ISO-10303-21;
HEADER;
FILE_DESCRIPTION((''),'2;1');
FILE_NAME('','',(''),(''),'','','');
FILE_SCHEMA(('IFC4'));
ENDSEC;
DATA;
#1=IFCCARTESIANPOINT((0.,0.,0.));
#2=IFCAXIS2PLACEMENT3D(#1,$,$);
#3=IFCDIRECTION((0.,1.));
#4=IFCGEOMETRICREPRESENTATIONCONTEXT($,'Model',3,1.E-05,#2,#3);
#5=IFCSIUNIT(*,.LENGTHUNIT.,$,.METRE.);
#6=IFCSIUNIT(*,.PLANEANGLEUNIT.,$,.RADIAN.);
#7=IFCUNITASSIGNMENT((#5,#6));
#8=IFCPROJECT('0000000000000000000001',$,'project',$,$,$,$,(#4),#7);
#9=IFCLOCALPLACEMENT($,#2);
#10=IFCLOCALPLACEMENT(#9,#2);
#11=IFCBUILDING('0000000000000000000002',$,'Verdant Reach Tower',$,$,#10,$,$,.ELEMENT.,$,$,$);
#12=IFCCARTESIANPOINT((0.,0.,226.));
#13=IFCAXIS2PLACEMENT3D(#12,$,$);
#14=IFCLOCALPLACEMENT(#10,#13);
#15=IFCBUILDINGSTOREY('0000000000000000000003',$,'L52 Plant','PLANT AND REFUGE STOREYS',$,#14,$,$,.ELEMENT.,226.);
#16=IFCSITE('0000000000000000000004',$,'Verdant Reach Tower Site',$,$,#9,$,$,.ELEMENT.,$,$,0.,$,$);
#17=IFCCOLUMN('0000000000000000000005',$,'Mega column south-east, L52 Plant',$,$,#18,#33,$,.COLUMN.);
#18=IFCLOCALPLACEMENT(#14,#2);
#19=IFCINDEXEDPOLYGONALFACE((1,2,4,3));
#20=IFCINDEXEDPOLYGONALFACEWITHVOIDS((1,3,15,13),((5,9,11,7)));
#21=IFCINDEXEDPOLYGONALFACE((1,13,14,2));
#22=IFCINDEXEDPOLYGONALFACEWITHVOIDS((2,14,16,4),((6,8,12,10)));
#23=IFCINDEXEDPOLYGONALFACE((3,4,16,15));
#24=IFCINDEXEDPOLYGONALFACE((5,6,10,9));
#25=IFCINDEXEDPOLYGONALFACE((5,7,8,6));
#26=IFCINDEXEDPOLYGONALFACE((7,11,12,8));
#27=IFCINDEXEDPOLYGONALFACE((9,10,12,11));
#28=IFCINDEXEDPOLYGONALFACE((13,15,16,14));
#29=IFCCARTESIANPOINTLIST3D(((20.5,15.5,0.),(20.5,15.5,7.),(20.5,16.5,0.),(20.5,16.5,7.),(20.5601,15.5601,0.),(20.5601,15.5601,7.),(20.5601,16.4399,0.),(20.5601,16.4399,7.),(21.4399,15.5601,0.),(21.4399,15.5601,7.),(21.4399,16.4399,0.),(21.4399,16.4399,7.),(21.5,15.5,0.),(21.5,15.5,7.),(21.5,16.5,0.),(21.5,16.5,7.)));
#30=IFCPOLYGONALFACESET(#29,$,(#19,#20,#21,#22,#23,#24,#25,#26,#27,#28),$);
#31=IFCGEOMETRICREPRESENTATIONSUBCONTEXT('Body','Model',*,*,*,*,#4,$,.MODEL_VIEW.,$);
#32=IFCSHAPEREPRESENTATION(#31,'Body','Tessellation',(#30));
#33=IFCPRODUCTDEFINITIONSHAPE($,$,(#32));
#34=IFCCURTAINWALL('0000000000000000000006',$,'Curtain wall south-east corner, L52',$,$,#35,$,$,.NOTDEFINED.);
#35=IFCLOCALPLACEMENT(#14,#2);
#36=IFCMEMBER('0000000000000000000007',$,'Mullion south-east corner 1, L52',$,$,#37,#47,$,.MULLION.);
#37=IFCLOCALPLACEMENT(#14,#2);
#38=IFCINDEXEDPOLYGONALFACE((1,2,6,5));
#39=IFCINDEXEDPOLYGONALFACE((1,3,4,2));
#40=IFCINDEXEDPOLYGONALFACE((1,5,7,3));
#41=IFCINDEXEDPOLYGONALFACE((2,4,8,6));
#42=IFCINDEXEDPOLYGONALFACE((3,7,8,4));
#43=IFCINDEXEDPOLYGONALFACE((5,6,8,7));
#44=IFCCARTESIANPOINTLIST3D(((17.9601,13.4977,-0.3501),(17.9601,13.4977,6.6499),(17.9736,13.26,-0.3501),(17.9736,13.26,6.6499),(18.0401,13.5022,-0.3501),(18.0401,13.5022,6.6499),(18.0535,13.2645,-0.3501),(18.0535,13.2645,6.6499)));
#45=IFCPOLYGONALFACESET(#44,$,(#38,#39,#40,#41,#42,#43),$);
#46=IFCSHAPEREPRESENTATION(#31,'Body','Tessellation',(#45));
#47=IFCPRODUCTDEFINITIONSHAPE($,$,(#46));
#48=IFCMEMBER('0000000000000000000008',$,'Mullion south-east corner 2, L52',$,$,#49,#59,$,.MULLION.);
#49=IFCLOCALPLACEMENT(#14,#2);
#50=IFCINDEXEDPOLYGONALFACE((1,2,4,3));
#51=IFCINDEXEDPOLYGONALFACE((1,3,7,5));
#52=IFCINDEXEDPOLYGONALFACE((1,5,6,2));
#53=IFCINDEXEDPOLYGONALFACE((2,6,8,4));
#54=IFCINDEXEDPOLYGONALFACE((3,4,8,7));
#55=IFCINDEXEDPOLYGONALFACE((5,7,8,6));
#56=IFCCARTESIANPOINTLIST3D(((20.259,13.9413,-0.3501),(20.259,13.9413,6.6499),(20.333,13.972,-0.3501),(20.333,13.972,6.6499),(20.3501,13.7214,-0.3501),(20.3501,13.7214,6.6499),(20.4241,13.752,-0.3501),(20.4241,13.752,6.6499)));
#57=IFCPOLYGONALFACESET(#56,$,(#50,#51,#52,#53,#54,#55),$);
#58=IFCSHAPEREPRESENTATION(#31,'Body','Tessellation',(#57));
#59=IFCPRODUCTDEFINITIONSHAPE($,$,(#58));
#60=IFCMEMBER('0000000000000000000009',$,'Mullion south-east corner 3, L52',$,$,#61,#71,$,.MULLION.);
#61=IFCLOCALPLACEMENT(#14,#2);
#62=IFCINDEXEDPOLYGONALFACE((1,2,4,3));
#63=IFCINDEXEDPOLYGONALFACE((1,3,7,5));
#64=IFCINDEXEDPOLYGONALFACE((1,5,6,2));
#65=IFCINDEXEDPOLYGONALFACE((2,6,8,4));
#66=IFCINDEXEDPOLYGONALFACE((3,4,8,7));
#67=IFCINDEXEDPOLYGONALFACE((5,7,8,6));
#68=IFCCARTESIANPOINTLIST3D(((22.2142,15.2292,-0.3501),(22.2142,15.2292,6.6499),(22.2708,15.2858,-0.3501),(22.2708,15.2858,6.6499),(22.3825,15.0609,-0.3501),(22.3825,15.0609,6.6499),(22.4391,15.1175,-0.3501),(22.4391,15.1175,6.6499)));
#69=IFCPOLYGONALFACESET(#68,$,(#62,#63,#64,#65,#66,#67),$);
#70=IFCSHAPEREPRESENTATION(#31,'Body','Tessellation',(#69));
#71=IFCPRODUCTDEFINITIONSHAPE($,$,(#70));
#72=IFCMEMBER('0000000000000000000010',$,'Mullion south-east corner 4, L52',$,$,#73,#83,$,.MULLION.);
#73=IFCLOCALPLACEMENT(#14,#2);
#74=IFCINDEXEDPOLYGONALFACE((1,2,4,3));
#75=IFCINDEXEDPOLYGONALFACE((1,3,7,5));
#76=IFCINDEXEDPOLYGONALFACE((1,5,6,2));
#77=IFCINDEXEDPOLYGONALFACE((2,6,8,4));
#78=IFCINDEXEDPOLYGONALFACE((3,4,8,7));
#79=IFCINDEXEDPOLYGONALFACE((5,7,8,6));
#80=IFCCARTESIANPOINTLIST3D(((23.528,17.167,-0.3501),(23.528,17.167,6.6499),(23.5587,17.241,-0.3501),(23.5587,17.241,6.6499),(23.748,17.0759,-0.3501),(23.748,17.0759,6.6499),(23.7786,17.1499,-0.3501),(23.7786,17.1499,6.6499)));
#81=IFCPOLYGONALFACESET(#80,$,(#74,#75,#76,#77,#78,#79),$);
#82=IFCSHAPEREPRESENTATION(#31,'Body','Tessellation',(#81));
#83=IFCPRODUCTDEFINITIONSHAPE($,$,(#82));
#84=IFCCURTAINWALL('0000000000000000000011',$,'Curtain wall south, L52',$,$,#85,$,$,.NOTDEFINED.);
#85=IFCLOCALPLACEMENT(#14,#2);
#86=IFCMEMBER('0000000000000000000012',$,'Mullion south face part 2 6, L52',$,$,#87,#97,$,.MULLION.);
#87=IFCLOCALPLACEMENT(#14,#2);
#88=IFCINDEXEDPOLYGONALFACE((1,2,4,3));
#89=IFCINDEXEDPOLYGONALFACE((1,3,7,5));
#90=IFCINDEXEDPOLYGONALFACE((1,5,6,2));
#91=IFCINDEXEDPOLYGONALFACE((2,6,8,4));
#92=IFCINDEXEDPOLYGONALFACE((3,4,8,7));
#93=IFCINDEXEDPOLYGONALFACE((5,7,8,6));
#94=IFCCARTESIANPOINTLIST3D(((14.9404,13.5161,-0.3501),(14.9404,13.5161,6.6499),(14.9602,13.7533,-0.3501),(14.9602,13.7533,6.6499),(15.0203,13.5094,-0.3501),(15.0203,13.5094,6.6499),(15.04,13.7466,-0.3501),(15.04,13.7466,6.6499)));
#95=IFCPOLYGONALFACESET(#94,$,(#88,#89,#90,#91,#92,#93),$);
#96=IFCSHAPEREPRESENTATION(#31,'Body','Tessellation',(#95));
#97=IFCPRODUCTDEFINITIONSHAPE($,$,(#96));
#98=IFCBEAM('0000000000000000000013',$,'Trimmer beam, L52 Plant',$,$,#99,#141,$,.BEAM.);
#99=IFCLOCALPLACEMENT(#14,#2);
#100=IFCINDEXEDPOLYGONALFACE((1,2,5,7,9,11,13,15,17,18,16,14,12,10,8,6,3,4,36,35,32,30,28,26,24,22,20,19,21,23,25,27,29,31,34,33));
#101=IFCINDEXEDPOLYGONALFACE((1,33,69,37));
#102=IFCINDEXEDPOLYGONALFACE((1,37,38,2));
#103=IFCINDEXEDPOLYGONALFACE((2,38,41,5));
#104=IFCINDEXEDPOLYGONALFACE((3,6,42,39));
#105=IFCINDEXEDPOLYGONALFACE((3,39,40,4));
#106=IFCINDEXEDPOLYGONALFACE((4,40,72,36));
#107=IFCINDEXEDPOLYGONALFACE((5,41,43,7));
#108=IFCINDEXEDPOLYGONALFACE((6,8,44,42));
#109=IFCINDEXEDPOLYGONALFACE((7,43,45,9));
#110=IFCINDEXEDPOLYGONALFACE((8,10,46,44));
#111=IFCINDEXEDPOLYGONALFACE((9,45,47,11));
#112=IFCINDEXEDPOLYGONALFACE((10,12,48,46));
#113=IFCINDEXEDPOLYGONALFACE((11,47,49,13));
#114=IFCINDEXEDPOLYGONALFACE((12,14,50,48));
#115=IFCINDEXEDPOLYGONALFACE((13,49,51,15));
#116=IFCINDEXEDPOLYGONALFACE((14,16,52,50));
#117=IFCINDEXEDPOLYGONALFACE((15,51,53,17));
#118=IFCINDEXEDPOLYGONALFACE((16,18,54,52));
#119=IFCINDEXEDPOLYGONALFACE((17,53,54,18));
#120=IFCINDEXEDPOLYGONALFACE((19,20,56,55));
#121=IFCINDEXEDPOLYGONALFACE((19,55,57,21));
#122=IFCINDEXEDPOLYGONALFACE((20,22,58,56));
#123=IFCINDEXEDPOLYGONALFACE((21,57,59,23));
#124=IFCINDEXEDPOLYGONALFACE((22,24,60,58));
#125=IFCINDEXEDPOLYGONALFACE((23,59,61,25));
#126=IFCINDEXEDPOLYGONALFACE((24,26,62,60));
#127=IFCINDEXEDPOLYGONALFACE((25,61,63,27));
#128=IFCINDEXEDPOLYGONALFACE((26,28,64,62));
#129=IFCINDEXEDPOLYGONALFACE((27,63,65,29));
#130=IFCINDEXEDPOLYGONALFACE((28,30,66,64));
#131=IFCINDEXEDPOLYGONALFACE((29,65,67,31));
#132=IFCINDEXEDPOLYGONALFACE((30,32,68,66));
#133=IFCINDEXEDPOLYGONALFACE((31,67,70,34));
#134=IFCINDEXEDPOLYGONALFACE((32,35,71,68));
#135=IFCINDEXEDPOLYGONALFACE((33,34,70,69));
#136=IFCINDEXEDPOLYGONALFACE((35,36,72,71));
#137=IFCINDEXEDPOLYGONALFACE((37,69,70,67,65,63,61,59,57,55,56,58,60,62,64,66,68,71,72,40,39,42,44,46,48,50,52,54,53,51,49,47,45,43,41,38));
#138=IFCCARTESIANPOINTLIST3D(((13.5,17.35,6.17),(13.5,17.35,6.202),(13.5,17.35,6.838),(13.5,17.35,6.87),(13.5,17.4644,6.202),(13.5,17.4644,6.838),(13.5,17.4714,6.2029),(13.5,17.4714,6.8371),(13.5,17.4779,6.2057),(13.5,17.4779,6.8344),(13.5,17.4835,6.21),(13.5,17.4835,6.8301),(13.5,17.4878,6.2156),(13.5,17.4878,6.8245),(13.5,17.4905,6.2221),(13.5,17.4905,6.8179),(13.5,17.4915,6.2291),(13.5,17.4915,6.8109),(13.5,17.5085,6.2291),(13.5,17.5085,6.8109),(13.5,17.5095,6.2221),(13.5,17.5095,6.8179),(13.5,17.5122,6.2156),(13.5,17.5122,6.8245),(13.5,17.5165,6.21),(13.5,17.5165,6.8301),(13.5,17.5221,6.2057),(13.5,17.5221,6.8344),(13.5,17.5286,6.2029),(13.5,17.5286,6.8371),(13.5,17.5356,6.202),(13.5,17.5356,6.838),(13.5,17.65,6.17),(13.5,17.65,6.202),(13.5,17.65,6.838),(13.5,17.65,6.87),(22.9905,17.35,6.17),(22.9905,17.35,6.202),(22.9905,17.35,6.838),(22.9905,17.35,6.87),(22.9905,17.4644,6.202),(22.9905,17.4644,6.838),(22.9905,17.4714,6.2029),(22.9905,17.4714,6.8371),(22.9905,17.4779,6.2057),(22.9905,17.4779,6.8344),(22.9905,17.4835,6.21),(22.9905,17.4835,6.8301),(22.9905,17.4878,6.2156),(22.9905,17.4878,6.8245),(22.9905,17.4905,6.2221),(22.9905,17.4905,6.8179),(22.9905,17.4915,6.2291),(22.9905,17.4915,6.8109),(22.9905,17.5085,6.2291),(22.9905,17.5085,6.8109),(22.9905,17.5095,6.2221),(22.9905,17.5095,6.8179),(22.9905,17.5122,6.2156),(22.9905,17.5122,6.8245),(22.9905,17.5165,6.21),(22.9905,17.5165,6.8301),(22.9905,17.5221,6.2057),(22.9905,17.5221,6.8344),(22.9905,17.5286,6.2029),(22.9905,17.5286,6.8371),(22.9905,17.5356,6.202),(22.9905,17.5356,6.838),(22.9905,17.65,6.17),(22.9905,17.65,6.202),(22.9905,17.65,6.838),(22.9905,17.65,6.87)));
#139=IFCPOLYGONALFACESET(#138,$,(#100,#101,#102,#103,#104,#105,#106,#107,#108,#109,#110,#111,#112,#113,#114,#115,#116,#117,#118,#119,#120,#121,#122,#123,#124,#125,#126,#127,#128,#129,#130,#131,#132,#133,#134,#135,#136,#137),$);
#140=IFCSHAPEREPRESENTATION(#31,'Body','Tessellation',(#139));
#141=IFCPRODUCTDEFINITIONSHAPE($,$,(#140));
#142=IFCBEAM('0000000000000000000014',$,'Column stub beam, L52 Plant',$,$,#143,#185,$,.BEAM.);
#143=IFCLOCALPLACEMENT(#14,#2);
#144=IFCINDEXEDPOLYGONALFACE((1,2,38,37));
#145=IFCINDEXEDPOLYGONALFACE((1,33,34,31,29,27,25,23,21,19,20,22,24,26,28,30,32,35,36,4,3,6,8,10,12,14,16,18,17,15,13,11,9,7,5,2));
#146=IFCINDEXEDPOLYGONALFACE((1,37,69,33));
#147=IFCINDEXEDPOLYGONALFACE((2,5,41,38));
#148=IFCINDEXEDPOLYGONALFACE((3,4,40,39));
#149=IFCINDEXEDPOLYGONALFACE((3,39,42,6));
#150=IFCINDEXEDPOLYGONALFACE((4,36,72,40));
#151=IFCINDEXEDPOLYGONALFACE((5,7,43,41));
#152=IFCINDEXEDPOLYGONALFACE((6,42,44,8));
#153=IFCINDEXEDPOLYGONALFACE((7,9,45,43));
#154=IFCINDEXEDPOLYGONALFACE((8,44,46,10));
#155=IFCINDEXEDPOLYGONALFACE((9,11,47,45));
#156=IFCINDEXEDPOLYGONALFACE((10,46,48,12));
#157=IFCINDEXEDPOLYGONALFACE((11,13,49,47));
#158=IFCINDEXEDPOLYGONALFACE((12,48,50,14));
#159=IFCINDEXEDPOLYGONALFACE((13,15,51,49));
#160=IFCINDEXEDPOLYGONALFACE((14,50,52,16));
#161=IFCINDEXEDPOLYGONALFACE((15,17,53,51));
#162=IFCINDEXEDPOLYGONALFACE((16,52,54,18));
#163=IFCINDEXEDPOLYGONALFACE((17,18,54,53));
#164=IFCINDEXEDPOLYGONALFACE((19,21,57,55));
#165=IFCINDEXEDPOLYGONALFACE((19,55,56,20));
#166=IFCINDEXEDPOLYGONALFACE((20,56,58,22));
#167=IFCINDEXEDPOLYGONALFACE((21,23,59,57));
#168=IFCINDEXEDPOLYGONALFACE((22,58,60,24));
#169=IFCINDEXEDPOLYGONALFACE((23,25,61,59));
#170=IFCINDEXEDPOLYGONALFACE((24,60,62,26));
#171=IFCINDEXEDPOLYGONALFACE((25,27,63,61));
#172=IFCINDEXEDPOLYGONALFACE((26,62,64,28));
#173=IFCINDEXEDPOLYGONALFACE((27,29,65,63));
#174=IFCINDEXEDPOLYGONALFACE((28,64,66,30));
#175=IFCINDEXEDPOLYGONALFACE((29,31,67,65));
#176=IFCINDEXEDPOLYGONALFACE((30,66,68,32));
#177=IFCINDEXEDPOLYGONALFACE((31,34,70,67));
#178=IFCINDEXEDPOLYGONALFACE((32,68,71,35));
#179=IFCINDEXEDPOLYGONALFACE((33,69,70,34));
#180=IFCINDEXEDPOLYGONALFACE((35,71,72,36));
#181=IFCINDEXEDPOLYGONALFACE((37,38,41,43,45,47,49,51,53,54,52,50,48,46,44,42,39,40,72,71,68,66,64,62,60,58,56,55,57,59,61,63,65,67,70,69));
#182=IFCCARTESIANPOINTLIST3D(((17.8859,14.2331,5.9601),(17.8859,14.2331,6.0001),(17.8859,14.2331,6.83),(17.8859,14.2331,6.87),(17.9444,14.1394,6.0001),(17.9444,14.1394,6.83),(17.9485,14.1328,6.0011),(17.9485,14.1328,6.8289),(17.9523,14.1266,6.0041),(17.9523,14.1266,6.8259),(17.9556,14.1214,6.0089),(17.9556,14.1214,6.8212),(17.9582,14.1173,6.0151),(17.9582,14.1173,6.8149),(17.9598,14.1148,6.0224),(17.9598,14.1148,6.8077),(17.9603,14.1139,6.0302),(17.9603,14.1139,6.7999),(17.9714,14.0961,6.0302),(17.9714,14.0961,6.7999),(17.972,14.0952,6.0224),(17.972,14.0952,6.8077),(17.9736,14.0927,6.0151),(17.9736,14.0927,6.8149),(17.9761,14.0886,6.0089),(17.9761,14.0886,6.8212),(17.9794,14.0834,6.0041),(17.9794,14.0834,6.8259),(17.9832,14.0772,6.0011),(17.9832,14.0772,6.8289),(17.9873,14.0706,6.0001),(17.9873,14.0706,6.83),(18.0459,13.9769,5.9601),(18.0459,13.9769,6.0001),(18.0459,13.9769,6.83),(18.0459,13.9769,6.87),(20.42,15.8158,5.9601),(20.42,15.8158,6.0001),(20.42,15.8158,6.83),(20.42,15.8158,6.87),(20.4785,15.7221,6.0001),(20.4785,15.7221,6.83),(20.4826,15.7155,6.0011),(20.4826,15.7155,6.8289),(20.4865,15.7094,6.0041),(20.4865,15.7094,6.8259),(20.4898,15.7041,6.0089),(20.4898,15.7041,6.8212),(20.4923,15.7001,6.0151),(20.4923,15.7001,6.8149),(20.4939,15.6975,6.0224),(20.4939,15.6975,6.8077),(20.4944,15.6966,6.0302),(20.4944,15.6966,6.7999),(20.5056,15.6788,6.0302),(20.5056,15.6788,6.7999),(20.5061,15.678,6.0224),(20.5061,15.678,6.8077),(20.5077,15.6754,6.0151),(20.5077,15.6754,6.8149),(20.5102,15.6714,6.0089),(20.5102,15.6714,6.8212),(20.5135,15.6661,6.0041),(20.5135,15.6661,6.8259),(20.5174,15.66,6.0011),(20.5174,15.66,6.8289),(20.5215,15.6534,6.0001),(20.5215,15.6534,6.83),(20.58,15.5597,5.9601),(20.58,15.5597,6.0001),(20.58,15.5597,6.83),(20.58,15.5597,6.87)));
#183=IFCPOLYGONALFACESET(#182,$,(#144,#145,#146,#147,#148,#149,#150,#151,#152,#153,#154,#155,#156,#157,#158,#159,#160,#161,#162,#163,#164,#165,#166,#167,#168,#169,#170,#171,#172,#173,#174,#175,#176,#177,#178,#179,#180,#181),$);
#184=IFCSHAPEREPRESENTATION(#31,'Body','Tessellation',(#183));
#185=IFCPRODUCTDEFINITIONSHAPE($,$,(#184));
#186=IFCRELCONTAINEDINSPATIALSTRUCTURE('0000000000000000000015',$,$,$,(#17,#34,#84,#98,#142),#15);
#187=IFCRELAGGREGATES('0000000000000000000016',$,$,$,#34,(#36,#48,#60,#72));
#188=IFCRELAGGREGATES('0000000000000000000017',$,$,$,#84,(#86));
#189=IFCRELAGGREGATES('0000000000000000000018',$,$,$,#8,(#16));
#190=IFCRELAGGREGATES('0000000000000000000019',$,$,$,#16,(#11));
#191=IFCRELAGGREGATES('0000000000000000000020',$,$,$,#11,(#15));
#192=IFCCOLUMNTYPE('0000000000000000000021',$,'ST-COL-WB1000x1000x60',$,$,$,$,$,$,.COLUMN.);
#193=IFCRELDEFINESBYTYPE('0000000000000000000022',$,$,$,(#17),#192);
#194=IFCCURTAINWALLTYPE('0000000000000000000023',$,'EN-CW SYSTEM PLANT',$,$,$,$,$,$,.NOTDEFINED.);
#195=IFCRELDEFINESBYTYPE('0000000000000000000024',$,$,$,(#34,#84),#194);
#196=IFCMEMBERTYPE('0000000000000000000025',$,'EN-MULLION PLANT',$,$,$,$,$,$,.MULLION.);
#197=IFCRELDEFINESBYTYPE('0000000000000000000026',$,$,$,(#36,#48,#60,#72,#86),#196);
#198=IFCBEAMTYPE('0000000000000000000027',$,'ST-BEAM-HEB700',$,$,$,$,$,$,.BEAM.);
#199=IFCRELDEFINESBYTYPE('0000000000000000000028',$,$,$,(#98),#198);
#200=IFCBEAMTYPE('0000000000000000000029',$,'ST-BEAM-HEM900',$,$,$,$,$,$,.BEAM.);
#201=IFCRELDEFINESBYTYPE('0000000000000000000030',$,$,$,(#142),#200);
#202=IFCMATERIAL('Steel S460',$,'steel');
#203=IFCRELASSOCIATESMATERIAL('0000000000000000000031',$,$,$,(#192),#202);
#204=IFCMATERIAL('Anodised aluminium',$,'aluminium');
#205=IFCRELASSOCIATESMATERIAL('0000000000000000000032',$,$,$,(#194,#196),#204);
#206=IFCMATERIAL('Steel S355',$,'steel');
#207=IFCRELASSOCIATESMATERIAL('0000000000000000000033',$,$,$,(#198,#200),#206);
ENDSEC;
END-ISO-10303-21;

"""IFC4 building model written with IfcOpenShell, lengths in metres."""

from ifc_helpers import new_model, si_unit, direction, frame, origin, origin_2d, place, context, subcontext, project, spatial, rectangle, hollow_rectangle, i_section, extrude, material, material_profile, profile_set, type_object, element, aggregate, save


model = new_model("IFC4")

# Units and contexts
model_context = context("Model", 3, precision=1e-05, world=origin(), true_north=direction((0.0, 1.0)))
body_context = subcontext(model_context, "Body", "Model", "MODEL_VIEW")
ifc_project = project(units=[si_unit("LENGTHUNIT", "METRE"), si_unit("PLANEANGLEUNIT", "RADIAN")], contexts=[model_context])

# Site, building, storey
site_placement = place(None, origin())
site = spatial("IfcSite", under=ifc_project, at=site_placement, Name="Verdant Reach Tower Site", CompositionType="ELEMENT", RefElevation=0.0)
building_placement = place(site_placement, origin())
building = spatial("IfcBuilding", under=site, at=building_placement, Name="Verdant Reach Tower", CompositionType="ELEMENT")
storey_placement = place(building_placement, frame((0.0, 0.0, 226.0)))
storey = spatial("IfcBuildingStorey", under=building, at=storey_placement, Name="L52 Plant", Description="PLANT AND REFUGE STOREYS", CompositionType="ELEMENT", Elevation=226.0)

# Column
ifc_material_1 = material(Name="Steel S460", Category="steel")
ifc_material_profile_1 = material_profile(ifc_material_1, hollow_rectangle(XDim=1.0, YDim=1.0, WallThickness=0.0601, at=origin_2d()), Name="WB 1000x1000x60")
ifc_profile_set_1 = profile_set([ifc_material_profile_1], Name="Steel S460")
column_type = type_object("IfcColumnType", Name="ST-COL-WB1000x1000x60", PredefinedType="COLUMN", material=ifc_profile_set_1)
column_placement = place(storey_placement, frame((21.0, 16.0, 0.0), z_axis=(0.0, 0.0, 1.0), x_axis=(1.0, 0.0, 0.0)))
element("IfcColumn", 1, at=column_placement, inside=storey, type_object=column_type, Name="Mega column south-east, L52 Plant", PredefinedType="COLUMN", context=body_context, shape_type="SweptSolid", body=[
    extrude(hollow_rectangle(XDim=1.0, YDim=1.0, WallThickness=0.0601, at=origin_2d()), origin(), (0.0, 0.0, 1.0), 7.0),
])

# Curtain wall, members
ifc_material_2 = material(Name="Anodised aluminium", Category="aluminium")
curtain_wall_type = type_object("IfcCurtainWallType", Name="EN-CW SYSTEM PLANT", PredefinedType="NOTDEFINED", material=ifc_material_2)
curtain_wall_1_placement = place(storey_placement, origin())
curtain_wall_1 = element("IfcCurtainWall", 2, at=curtain_wall_1_placement, inside=storey, type_object=curtain_wall_type, Name="Curtain wall south-east corner, L52", PredefinedType="NOTDEFINED")
ifc_material_profile_2 = material_profile(ifc_material_2, rectangle(XDim=0.238, YDim=0.0801, at=origin_2d()), Name="Mullion 80x240")
ifc_profile_set_2 = profile_set([ifc_material_profile_2], Name="Anodised aluminium")
member_type_1 = type_object("IfcMemberType", Name="EN-MULLION PLANT", PredefinedType="MULLION", material=ifc_profile_set_2)
member_1_placement = place(storey_placement, frame((18.0068, 13.3811, -0.3501), z_axis=(0.0, 0.0, 1.0), x_axis=(0.056569, -0.998399, 0.0)))
member_1 = element("IfcMember", 3, at=member_1_placement, type_object=member_type_1, Name="Mullion south-east corner 1, L52", PredefinedType="MULLION", context=body_context, shape_type="SweptSolid", body=[
    extrude(rectangle(XDim=0.238, YDim=0.0801, at=origin_2d()), origin(), (0.0, 0.0, 1.0), 7.0),
])
member_2_placement = place(storey_placement, frame((20.3416, 13.8467, -0.3501), z_axis=(0.0, 0.0, 1.0), x_axis=(0.382694, -0.923875, 0.0)))
member_2 = element("IfcMember", 4, at=member_2_placement, type_object=member_type_1, Name="Mullion south-east corner 2, L52", PredefinedType="MULLION", context=body_context, shape_type="SweptSolid", body=[
    extrude(rectangle(XDim=0.238, YDim=0.0801, at=origin_2d()), origin(), (0.0, 0.0, 1.0), 7.0),
])
member_3_placement = place(storey_placement, frame((22.3267, 15.1733, -0.3501), z_axis=(0.0, 0.0, 1.0), x_axis=(0.707107, -0.707107, 0.0)))
member_3 = element("IfcMember", 5, at=member_3_placement, type_object=member_type_1, Name="Mullion south-east corner 3, L52", PredefinedType="MULLION", context=body_context, shape_type="SweptSolid", body=[
    extrude(rectangle(XDim=0.238, YDim=0.0801, at=origin_2d()), origin(), (0.0, 0.0, 1.0), 7.0),
])
member_4_placement = place(storey_placement, frame((23.6533, 17.1584, -0.3501), z_axis=(0.0, 0.0, 1.0), x_axis=(0.923875, -0.382694, 0.0)))
member_4 = element("IfcMember", 6, at=member_4_placement, type_object=member_type_1, Name="Mullion south-east corner 4, L52", PredefinedType="MULLION", context=body_context, shape_type="SweptSolid", body=[
    extrude(rectangle(XDim=0.238, YDim=0.0801, at=origin_2d()), origin(), (0.0, 0.0, 1.0), 7.0),
])

# Curtain wall, member
curtain_wall_2_placement = place(storey_placement, origin())
curtain_wall_2 = element("IfcCurtainWall", 7, at=curtain_wall_2_placement, inside=storey, type_object=curtain_wall_type, Name="Curtain wall south, L52", PredefinedType="NOTDEFINED")
member_5_placement = place(storey_placement, frame((14.9902, 13.6313, -0.3501), z_axis=(0.0, 0.0, 1.0), x_axis=(-0.083045, -0.996546, 0.0)))
member_5 = element("IfcMember", 8, at=member_5_placement, type_object=member_type_1, Name="Mullion south face part 2 6, L52", PredefinedType="MULLION", context=body_context, shape_type="SweptSolid", body=[
    extrude(rectangle(XDim=0.238, YDim=0.0801, at=origin_2d()), origin(), (0.0, 0.0, 1.0), 7.0),
])

# Beams
ifc_material_3 = material(Name="Steel S355", Category="steel")
ifc_material_profile_3 = material_profile(ifc_material_3, i_section(OverallWidth=0.3, OverallDepth=0.7, WebThickness=0.0171, FlangeThickness=0.032, FilletRadius=0.0271, at=origin_2d()), Name="HEB 700")
ifc_profile_set_3 = profile_set([ifc_material_profile_3], Name="Steel S355")
beam_type_1 = type_object("IfcBeamType", Name="ST-BEAM-HEB700", PredefinedType="BEAM", material=ifc_profile_set_3)
beam_1_placement = place(storey_placement, frame((13.5, 17.5, 6.52), z_axis=(1.0, 0.0, 0.0), x_axis=(0.0, 1.0, 0.0)))
element("IfcBeam", 9, at=beam_1_placement, inside=storey, type_object=beam_type_1, Name="Trimmer beam, L52 Plant", PredefinedType="BEAM", context=body_context, shape_type="SweptSolid", body=[
    extrude(i_section(OverallWidth=0.3, OverallDepth=0.7, WebThickness=0.0171, FlangeThickness=0.032, FilletRadius=0.0271, at=origin_2d()), origin(), (0.0, 0.0, 1.0), 9.4905),
])
ifc_material_profile_4 = material_profile(ifc_material_3, i_section(OverallWidth=0.302, OverallDepth=0.9099, WebThickness=0.021, FlangeThickness=0.04, FilletRadius=0.03, at=origin_2d()), Name="HEM 900")
ifc_profile_set_4 = profile_set([ifc_material_profile_4], Name="Steel S355")
beam_type_2 = type_object("IfcBeamType", Name="ST-BEAM-HEM900", PredefinedType="BEAM", material=ifc_profile_set_4)
beam_2_placement = place(storey_placement, frame((20.5, 15.6877, 6.415), z_axis=(-0.848164, -0.529735, 0.0), x_axis=(0.529735, -0.848164, 0.0)))
element("IfcBeam", 10, at=beam_2_placement, inside=storey, type_object=beam_type_2, Name="Column stub beam, L52 Plant", PredefinedType="BEAM", context=body_context, shape_type="SweptSolid", body=[
    extrude(i_section(OverallWidth=0.302, OverallDepth=0.9099, WebThickness=0.021, FlangeThickness=0.04, FilletRadius=0.03, at=origin_2d()), origin(), (0.0, 0.0, 1.0), 2.9878),
])

aggregate(curtain_wall_1, [member_1, member_2, member_3, member_4])
aggregate(curtain_wall_2, [member_5])

save(model, "model.ifc")
